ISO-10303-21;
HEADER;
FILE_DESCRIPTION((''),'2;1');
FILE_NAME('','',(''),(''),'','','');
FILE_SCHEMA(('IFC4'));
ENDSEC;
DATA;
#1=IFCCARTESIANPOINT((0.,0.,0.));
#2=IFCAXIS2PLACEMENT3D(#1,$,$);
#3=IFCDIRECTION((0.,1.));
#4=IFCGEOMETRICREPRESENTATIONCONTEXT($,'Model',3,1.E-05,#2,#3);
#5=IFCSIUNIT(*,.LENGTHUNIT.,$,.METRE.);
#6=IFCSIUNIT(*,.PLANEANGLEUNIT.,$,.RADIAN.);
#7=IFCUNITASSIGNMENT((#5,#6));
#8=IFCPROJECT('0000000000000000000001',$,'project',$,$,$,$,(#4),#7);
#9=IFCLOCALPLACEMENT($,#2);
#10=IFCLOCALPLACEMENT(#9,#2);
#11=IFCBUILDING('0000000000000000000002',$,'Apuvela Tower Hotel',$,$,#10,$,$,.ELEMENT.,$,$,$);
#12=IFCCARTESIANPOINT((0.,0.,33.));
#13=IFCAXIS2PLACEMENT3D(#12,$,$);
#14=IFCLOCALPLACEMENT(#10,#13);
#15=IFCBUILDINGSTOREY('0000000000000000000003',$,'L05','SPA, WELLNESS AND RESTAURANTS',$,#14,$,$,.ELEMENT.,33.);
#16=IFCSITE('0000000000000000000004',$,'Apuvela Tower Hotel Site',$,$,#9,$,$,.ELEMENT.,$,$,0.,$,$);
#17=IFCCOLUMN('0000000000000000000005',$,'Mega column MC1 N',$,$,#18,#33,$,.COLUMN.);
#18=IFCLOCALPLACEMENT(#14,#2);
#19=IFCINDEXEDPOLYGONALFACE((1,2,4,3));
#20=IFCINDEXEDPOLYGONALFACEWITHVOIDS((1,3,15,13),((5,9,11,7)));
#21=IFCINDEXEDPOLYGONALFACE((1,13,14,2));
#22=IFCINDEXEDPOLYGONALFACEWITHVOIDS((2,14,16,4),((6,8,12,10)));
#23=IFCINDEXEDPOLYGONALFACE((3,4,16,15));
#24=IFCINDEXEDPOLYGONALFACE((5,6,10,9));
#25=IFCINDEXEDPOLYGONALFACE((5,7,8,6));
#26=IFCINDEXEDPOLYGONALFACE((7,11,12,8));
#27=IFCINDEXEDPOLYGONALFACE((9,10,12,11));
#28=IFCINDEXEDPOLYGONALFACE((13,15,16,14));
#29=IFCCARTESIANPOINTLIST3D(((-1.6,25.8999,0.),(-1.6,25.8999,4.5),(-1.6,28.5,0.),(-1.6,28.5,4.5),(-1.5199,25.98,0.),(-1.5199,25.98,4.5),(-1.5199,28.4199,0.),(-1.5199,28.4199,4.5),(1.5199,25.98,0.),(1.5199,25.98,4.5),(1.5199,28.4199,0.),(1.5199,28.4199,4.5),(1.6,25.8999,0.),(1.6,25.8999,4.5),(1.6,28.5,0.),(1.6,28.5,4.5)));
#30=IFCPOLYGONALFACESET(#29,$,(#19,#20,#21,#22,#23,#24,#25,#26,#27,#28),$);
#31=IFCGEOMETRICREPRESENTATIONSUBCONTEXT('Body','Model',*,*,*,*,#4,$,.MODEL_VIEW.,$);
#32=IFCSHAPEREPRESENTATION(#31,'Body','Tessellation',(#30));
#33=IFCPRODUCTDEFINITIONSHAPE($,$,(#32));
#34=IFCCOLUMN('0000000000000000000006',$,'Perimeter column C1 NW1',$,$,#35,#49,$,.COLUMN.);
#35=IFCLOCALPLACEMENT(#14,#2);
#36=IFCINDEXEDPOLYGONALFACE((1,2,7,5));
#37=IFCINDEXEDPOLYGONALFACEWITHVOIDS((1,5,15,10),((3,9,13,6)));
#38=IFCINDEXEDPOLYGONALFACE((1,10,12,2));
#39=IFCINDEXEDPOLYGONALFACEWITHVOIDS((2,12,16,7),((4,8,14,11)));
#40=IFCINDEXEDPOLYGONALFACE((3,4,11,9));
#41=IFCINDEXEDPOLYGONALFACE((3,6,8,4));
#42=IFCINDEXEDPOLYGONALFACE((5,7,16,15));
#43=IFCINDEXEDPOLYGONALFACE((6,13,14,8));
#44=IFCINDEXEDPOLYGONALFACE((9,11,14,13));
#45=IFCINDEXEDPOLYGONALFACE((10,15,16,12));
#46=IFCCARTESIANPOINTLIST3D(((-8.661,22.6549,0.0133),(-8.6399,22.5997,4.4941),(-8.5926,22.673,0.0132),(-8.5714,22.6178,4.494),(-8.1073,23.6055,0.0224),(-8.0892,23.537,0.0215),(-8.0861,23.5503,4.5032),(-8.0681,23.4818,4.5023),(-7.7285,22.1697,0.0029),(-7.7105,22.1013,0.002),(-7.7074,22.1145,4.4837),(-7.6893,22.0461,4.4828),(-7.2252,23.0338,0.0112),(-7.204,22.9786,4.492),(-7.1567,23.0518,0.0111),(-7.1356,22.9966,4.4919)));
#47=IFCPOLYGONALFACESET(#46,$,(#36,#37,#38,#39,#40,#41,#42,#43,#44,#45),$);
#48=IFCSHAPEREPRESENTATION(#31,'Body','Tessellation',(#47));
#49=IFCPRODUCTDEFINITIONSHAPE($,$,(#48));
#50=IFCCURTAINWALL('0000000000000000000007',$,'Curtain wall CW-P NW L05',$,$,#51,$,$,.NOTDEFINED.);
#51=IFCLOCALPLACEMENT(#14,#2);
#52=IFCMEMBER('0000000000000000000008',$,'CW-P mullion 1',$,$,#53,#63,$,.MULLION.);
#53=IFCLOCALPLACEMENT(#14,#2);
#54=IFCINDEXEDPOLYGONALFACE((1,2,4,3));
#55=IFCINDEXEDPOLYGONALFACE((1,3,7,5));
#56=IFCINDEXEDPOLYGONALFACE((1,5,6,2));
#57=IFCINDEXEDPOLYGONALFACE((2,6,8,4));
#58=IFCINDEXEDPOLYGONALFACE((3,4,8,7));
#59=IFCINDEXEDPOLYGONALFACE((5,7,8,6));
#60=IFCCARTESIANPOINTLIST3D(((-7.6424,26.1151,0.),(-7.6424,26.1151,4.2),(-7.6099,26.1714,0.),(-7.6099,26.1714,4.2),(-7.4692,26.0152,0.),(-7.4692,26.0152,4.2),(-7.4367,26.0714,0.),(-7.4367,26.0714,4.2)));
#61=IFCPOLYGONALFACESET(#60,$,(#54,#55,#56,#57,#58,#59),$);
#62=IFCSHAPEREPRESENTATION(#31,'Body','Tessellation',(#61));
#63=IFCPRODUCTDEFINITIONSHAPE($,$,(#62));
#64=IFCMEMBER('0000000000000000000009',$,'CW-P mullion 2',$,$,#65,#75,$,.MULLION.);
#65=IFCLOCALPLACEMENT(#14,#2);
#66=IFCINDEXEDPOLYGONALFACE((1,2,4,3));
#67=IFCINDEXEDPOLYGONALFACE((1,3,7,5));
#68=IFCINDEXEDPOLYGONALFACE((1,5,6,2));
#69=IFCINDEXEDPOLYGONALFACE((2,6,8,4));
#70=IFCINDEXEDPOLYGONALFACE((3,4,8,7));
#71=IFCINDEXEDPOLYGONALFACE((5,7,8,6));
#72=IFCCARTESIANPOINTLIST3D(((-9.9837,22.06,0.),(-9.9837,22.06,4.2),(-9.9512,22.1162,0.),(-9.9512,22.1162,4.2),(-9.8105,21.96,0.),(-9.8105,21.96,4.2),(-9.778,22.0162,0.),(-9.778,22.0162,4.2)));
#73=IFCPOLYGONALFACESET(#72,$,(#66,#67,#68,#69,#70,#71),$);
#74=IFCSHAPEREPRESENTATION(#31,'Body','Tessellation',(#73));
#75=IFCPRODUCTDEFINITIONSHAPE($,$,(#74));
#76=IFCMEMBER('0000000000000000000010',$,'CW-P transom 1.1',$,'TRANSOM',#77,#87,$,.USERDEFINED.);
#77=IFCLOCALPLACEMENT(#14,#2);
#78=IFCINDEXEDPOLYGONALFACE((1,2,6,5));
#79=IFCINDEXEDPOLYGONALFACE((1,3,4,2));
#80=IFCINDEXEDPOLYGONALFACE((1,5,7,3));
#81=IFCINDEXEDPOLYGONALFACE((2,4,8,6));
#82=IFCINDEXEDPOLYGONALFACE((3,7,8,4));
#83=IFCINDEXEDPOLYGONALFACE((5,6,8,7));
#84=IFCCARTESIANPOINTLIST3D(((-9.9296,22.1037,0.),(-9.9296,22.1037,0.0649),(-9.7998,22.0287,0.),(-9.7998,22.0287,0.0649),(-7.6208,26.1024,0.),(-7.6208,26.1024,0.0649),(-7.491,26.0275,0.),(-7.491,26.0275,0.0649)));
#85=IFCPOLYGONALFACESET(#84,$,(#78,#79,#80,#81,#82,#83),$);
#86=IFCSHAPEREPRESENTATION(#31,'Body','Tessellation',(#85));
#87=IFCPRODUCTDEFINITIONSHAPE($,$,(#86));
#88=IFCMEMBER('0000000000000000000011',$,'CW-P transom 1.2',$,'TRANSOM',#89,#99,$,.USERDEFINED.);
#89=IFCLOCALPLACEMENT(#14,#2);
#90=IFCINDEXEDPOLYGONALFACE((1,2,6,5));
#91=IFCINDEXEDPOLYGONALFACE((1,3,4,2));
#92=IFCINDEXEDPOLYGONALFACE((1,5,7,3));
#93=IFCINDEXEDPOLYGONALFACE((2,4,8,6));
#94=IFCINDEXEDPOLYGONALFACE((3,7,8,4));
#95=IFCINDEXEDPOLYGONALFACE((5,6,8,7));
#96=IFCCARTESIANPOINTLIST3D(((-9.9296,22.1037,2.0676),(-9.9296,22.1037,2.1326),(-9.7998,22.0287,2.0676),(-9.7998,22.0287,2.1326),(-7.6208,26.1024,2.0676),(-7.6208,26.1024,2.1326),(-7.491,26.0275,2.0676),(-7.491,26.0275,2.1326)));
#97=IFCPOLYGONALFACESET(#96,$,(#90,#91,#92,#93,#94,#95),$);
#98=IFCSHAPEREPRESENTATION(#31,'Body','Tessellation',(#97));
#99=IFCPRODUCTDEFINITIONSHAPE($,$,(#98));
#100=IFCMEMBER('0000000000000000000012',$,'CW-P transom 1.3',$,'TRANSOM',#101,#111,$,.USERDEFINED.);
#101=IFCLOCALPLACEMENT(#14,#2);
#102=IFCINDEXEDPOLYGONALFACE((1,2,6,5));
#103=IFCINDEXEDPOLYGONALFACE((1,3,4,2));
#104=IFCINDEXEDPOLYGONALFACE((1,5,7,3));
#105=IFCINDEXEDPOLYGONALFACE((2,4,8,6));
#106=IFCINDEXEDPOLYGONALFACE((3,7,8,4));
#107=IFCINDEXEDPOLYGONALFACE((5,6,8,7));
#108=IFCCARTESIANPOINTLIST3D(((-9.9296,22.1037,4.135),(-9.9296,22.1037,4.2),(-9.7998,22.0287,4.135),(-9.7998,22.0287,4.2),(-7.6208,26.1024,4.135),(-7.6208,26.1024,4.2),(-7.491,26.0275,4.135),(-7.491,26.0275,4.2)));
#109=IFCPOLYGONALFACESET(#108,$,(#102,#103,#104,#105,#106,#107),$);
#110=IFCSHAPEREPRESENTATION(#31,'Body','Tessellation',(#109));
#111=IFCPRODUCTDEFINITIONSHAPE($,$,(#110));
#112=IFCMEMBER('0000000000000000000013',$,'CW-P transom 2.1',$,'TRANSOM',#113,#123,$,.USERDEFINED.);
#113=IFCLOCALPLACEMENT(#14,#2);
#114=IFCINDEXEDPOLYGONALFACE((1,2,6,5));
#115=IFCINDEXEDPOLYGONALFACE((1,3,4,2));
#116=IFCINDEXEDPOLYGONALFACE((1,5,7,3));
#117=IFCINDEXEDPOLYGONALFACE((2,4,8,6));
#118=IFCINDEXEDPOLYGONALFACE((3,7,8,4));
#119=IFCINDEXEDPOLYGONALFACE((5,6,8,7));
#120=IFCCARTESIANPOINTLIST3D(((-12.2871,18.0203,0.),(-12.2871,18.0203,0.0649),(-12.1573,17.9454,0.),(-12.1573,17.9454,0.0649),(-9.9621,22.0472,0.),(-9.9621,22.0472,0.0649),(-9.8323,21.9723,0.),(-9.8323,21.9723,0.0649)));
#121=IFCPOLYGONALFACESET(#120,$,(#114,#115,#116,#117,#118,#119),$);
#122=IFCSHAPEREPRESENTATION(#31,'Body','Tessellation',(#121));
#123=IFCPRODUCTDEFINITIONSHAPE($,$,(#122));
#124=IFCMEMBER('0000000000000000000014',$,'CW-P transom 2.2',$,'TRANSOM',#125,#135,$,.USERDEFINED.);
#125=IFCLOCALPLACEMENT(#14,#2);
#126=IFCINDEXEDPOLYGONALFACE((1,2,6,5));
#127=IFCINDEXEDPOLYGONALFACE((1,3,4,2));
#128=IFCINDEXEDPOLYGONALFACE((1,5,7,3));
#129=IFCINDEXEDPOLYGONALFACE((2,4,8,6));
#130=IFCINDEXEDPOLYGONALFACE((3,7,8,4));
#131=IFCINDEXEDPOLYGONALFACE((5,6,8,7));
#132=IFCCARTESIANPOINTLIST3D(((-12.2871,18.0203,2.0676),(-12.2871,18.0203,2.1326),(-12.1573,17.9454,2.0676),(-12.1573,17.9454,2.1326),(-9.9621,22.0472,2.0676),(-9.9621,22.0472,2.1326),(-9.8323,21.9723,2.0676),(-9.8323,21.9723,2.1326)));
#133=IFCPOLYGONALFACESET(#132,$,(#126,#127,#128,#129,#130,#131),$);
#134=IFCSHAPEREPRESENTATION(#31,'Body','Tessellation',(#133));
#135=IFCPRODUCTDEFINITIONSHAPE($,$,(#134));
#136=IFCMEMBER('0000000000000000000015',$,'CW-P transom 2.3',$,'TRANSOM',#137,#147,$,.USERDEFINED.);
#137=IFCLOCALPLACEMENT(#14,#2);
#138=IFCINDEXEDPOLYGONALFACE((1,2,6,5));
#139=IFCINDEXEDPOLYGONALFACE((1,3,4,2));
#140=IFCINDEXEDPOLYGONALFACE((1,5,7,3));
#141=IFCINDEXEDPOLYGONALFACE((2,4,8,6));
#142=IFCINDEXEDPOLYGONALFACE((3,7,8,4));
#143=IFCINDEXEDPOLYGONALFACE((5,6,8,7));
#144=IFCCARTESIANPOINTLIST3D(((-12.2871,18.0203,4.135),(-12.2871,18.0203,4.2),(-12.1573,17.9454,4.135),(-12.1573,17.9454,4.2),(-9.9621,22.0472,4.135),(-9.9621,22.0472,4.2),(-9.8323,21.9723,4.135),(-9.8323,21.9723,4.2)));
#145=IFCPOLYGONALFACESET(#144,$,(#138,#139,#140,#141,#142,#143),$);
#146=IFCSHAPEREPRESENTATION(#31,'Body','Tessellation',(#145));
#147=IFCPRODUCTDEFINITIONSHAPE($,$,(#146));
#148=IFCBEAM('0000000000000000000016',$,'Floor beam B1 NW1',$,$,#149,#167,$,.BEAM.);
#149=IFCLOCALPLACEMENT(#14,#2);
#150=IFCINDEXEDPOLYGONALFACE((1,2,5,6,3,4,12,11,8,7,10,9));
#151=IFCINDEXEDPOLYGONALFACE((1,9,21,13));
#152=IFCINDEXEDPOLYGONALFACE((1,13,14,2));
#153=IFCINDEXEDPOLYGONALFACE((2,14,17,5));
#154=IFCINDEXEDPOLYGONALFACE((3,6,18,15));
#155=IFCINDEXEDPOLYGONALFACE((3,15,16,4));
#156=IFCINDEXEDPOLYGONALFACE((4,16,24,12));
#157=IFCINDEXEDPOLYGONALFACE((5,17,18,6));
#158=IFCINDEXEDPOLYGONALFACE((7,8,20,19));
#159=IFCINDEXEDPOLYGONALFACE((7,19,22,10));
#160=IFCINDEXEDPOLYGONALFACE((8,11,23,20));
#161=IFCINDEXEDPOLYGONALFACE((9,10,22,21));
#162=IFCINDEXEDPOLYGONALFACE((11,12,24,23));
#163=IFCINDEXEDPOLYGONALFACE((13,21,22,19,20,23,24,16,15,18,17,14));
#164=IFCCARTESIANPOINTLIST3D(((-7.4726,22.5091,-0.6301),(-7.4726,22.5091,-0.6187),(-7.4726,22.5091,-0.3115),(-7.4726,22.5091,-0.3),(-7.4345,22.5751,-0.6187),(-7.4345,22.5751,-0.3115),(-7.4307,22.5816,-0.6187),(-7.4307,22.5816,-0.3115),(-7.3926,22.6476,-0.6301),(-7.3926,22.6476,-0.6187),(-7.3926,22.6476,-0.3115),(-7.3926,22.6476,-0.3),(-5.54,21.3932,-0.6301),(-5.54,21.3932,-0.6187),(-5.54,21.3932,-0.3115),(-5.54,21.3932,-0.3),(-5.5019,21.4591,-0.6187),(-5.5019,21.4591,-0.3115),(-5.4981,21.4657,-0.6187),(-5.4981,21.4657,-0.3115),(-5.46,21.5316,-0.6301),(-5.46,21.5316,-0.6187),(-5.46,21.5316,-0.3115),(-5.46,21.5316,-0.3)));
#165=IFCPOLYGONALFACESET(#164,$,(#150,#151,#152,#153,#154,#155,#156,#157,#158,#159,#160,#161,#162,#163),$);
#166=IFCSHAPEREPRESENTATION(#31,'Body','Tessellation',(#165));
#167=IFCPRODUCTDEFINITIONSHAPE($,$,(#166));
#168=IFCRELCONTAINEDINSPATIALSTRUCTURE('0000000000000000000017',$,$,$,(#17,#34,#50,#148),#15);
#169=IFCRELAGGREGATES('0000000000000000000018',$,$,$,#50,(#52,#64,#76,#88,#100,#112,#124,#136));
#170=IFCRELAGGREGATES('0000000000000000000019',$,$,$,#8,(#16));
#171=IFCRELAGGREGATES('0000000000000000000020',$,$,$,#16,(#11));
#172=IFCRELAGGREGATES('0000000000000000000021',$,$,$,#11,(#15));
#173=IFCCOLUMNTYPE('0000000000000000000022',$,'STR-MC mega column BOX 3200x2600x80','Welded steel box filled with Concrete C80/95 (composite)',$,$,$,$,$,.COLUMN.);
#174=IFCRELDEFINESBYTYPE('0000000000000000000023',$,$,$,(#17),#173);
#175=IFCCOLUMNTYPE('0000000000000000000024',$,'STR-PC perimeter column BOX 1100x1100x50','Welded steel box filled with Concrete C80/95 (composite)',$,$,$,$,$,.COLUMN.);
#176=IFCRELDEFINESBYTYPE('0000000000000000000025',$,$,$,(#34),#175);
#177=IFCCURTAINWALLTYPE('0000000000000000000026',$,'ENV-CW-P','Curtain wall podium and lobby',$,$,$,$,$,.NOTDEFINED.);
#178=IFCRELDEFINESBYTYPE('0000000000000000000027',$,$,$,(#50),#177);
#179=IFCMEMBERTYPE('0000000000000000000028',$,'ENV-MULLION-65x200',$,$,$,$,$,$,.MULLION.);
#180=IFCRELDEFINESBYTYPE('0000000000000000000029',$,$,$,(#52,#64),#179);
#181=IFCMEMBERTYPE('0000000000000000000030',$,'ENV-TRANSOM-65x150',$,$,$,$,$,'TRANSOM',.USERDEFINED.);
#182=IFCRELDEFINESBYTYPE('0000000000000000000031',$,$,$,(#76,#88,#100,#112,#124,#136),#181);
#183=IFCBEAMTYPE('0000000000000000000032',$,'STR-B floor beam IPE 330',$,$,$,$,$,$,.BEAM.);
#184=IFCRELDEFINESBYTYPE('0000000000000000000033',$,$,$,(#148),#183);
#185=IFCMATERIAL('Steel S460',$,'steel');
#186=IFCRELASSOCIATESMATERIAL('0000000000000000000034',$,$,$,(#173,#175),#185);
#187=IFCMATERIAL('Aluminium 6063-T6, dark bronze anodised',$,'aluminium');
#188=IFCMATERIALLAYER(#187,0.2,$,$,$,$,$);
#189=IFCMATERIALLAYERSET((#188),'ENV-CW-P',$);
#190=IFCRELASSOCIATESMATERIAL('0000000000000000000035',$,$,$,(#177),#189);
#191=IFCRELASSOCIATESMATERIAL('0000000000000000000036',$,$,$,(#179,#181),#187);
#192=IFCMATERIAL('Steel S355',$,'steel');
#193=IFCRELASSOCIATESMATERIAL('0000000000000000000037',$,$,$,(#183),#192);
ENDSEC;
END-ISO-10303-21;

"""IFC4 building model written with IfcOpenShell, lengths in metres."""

from ifc_helpers import new_model, si_unit, direction, frame, origin, origin_2d, place, context, subcontext, project, spatial, rectangle, hollow_rectangle, i_section, extrude, boolean, halfspace, material, layer, layer_set, material_profile, profile_set, type_object, element, aggregate, save


model = new_model("IFC4")

# Units and contexts
model_context = context("Model", 3, precision=1e-05, world=origin(), true_north=direction((0.0, 1.0)))
body_context = subcontext(model_context, "Body", "Model", "MODEL_VIEW")
ifc_project = project(units=[si_unit("LENGTHUNIT", "METRE"), si_unit("PLANEANGLEUNIT", "RADIAN")], contexts=[model_context])

# Site, building, storey
site_placement = place(None, origin())
site = spatial("IfcSite", under=ifc_project, at=site_placement, Name="Apuvela Tower Hotel Site", CompositionType="ELEMENT", RefElevation=0.0)
building_placement = place(site_placement, origin())
building = spatial("IfcBuilding", under=site, at=building_placement, Name="Apuvela Tower Hotel", CompositionType="ELEMENT")
storey_placement = place(building_placement, frame((0.0, 0.0, 33.0)))
storey = spatial("IfcBuildingStorey", under=building, at=storey_placement, Name="L05", Description="SPA, WELLNESS AND RESTAURANTS", CompositionType="ELEMENT", Elevation=33.0)

# Columns
ifc_material_1 = material(Name="Steel S460", Category="steel")
ifc_material_profile_1 = material_profile(ifc_material_1, hollow_rectangle(XDim=3.2, YDim=2.6001, WallThickness=0.0801, at=origin_2d()), Name="BOX 3200x2600x80")
ifc_material_2 = material(Name="Concrete C80/95", Category="concrete")
ifc_material_profile_2 = material_profile(ifc_material_2, rectangle(XDim=3.04, YDim=2.4399, at=origin_2d()), Name="Concrete C80/95 infill")
ifc_profile_set_1 = profile_set([ifc_material_profile_1, ifc_material_profile_2], Name="Steel S460")
column_type_1 = type_object("IfcColumnType", Name="STR-MC mega column BOX 3200x2600x80", Description="Welded steel box filled with Concrete C80/95 (composite)", PredefinedType="COLUMN", material=ifc_profile_set_1)
column_1_placement = place(storey_placement, frame((0.0, 27.2, 0.0), z_axis=(0.0, 0.0, 1.0), x_axis=(1.0, 0.0, 0.0)))
element("IfcColumn", 1, at=column_1_placement, inside=storey, type_object=column_type_1, Name="Mega column MC1 N", PredefinedType="COLUMN", context=body_context, shape_type="SweptSolid", body=[
    extrude(hollow_rectangle(XDim=3.2, YDim=2.6001, WallThickness=0.0801, at=origin_2d()), origin(), (0.0, 0.0, 1.0), 4.5),
])
ifc_material_profile_3 = material_profile(ifc_material_1, hollow_rectangle(XDim=1.1001, YDim=1.1001, WallThickness=0.05, at=origin_2d()), Name="BOX 1100x1100x50")
ifc_material_profile_4 = material_profile(ifc_material_2, rectangle(XDim=1.0, YDim=1.0, at=origin_2d()), Name="Concrete C80/95 infill")
ifc_profile_set_2 = profile_set([ifc_material_profile_3, ifc_material_profile_4], Name="Steel S460")
column_type_2 = type_object("IfcColumnType", Name="STR-PC perimeter column BOX 1100x1100x50", Description="Welded steel box filled with Concrete C80/95 (composite)", PredefinedType="COLUMN", material=ifc_profile_set_2)
column_2_placement = place(storey_placement, frame((-7.9089, 22.8535, 0.0), z_axis=(0.00472, -0.012314, 0.999913), x_axis=(0.503344, 0.864047, 0.008265)))
element("IfcColumn", 2, at=column_2_placement, inside=storey, type_object=column_type_2, Name="Perimeter column C1 NW1", PredefinedType="COLUMN", context=body_context, shape_type="SweptSolid", body=[
    boolean("DIFFERENCE", boolean("DIFFERENCE", extrude(hollow_rectangle(XDim=1.1001, YDim=1.1001, WallThickness=0.05, at=origin_2d()), origin(), (0.0, 0.0, 1.0), 4.5005), halfspace(frame((0.0, 0.0, 0.0122), z_axis=(0.0, 0.0, 1.0), x_axis=(1.0, 0.0, 0.0)), True)), halfspace(frame((0.0, 0.0, 4.4934), z_axis=(0.0, 0.0, 1.0), x_axis=(1.0, 0.0, 0.0)), False)),
])

# Curtain wall, members
ifc_material_3 = material(Name="Aluminium 6063-T6, dark bronze anodised", Category="aluminium")
ifc_layer_1 = layer(ifc_material_3, 0.2)
ifc_layer_set_1 = layer_set([ifc_layer_1], Name="ENV-CW-P")
curtain_wall_type = type_object("IfcCurtainWallType", Name="ENV-CW-P", Description="Curtain wall podium and lobby", PredefinedType="NOTDEFINED", material=ifc_layer_set_1)
curtain_wall_placement = place(storey_placement, origin())
curtain_wall = element("IfcCurtainWall", 3, at=curtain_wall_placement, inside=storey, type_object=curtain_wall_type, Name="Curtain wall CW-P NW L05", PredefinedType="NOTDEFINED")
ifc_material_profile_5 = material_profile(ifc_material_3, rectangle(XDim=0.2, YDim=0.0649, at=origin_2d()), Name="AL 65x200")
ifc_profile_set_3 = profile_set([ifc_material_profile_5], Name="Aluminium 6063-T6, dark bronze anodised")
member_type_1 = type_object("IfcMemberType", Name="ENV-MULLION-65x200", PredefinedType="MULLION", material=ifc_profile_set_3)
member_1_placement = place(storey_placement, frame((-7.5396, 26.0933, 0.0), z_axis=(0.0, 0.0, 1.0), x_axis=(0.866026, -0.5, 0.0)))
member_1 = element("IfcMember", 4, at=member_1_placement, type_object=member_type_1, Name="CW-P mullion 1", PredefinedType="MULLION", context=body_context, shape_type="SweptSolid", body=[
    extrude(rectangle(XDim=0.2, YDim=0.0649, at=origin_2d()), origin(), (0.0, 0.0, 1.0), 4.2),
])
member_2_placement = place(storey_placement, frame((-9.8809, 22.0381, 0.0), z_axis=(0.0, 0.0, 1.0), x_axis=(0.866026, -0.5, 0.0)))
member_2 = element("IfcMember", 5, at=member_2_placement, type_object=member_type_1, Name="CW-P mullion 2", PredefinedType="MULLION", context=body_context, shape_type="SweptSolid", body=[
    extrude(rectangle(XDim=0.2, YDim=0.0649, at=origin_2d()), origin(), (0.0, 0.0, 1.0), 4.2),
])
ifc_material_profile_6 = material_profile(ifc_material_3, rectangle(XDim=0.1499, YDim=0.0649, at=origin_2d()), Name="AL 65x150 transom")
ifc_profile_set_4 = profile_set([ifc_material_profile_6], Name="Aluminium 6063-T6, dark bronze anodised")
member_type_2 = type_object("IfcMemberType", Name="ENV-TRANSOM-65x150", ElementType="TRANSOM", PredefinedType="USERDEFINED", material=ifc_profile_set_4)
member_3_placement = place(storey_placement, frame((-7.5559, 26.0649, 0.0325), z_axis=(-0.500023, -0.866012, 0.0), x_axis=(0.866012, -0.500023, 0.0)))
member_3 = element("IfcMember", 6, at=member_3_placement, type_object=member_type_2, Name="CW-P transom 1.1", ObjectType="TRANSOM", PredefinedType="USERDEFINED", context=body_context, shape_type="SweptSolid", body=[
    extrude(rectangle(XDim=0.1499, YDim=0.0649, at=origin_2d()), origin(), (0.0, 0.0, 1.0), 4.6174),
])
member_4_placement = place(storey_placement, frame((-7.5559, 26.0649, 2.1001), z_axis=(-0.500023, -0.866012, 0.0), x_axis=(0.866012, -0.500023, 0.0)))
member_4 = element("IfcMember", 7, at=member_4_placement, type_object=member_type_2, Name="CW-P transom 1.2", ObjectType="TRANSOM", PredefinedType="USERDEFINED", context=body_context, shape_type="SweptSolid", body=[
    extrude(rectangle(XDim=0.1499, YDim=0.0649, at=origin_2d()), origin(), (0.0, 0.0, 1.0), 4.6174),
])
member_5_placement = place(storey_placement, frame((-7.5559, 26.0649, 4.1675), z_axis=(-0.500023, -0.866012, 0.0), x_axis=(0.866012, -0.500023, 0.0)))
member_5 = element("IfcMember", 8, at=member_5_placement, type_object=member_type_2, Name="CW-P transom 1.3", ObjectType="TRANSOM", PredefinedType="USERDEFINED", context=body_context, shape_type="SweptSolid", body=[
    extrude(rectangle(XDim=0.1499, YDim=0.0649, at=origin_2d()), origin(), (0.0, 0.0, 1.0), 4.6174),
])
member_6_placement = place(storey_placement, frame((-9.8972, 22.0098, 0.0325), z_axis=(-0.500007, -0.866021, 0.0), x_axis=(0.866021, -0.500007, 0.0)))
member_6 = element("IfcMember", 9, at=member_6_placement, type_object=member_type_2, Name="CW-P transom 2.1", ObjectType="TRANSOM", PredefinedType="USERDEFINED", context=body_context, shape_type="SweptSolid", body=[
    extrude(rectangle(XDim=0.1499, YDim=0.0649, at=origin_2d()), origin(), (0.0, 0.0, 1.0), 4.6499),
])
member_7_placement = place(storey_placement, frame((-9.8972, 22.0098, 2.1001), z_axis=(-0.500007, -0.866021, 0.0), x_axis=(0.866021, -0.500007, 0.0)))
member_7 = element("IfcMember", 10, at=member_7_placement, type_object=member_type_2, Name="CW-P transom 2.2", ObjectType="TRANSOM", PredefinedType="USERDEFINED", context=body_context, shape_type="SweptSolid", body=[
    extrude(rectangle(XDim=0.1499, YDim=0.0649, at=origin_2d()), origin(), (0.0, 0.0, 1.0), 4.6499),
])
member_8_placement = place(storey_placement, frame((-9.8972, 22.0098, 4.1675), z_axis=(-0.500007, -0.866021, 0.0), x_axis=(0.866021, -0.500007, 0.0)))
member_8 = element("IfcMember", 11, at=member_8_placement, type_object=member_type_2, Name="CW-P transom 2.3", ObjectType="TRANSOM", PredefinedType="USERDEFINED", context=body_context, shape_type="SweptSolid", body=[
    extrude(rectangle(XDim=0.1499, YDim=0.0649, at=origin_2d()), origin(), (0.0, 0.0, 1.0), 4.6499),
])

# Beam
ifc_material_4 = material(Name="Steel S355", Category="steel")
ifc_material_profile_7 = material_profile(ifc_material_4, i_section(OverallWidth=0.1599, OverallDepth=0.3301, WebThickness=0.0076, FlangeThickness=0.0115, at=origin_2d()), Name="IPE 330")
ifc_profile_set_5 = profile_set([ifc_material_profile_7], Name="Steel S355")
beam_type_1 = type_object("IfcBeamType", Name="STR-B floor beam IPE 330", PredefinedType="BEAM", material=ifc_profile_set_5)
beam_1_placement = place(storey_placement, frame((-7.4326, 22.5784, -0.4651), z_axis=(0.865992, -0.500057, 0.0), x_axis=(0.500057, 0.865992, 0.0)))
element("IfcBeam", 12, at=beam_1_placement, inside=storey, type_object=beam_type_1, Name="Floor beam B1 NW1", PredefinedType="BEAM", context=body_context, shape_type="SweptSolid", body=[
    extrude(i_section(OverallWidth=0.1599, OverallDepth=0.3301, WebThickness=0.0076, FlangeThickness=0.0115, at=origin_2d()), origin(), (0.0, 0.0, 1.0), 2.2317),
])

aggregate(curtain_wall, [member_1, member_2, member_3, member_4, member_5, member_6, member_7, member_8])

save(model, "model.ifc")
